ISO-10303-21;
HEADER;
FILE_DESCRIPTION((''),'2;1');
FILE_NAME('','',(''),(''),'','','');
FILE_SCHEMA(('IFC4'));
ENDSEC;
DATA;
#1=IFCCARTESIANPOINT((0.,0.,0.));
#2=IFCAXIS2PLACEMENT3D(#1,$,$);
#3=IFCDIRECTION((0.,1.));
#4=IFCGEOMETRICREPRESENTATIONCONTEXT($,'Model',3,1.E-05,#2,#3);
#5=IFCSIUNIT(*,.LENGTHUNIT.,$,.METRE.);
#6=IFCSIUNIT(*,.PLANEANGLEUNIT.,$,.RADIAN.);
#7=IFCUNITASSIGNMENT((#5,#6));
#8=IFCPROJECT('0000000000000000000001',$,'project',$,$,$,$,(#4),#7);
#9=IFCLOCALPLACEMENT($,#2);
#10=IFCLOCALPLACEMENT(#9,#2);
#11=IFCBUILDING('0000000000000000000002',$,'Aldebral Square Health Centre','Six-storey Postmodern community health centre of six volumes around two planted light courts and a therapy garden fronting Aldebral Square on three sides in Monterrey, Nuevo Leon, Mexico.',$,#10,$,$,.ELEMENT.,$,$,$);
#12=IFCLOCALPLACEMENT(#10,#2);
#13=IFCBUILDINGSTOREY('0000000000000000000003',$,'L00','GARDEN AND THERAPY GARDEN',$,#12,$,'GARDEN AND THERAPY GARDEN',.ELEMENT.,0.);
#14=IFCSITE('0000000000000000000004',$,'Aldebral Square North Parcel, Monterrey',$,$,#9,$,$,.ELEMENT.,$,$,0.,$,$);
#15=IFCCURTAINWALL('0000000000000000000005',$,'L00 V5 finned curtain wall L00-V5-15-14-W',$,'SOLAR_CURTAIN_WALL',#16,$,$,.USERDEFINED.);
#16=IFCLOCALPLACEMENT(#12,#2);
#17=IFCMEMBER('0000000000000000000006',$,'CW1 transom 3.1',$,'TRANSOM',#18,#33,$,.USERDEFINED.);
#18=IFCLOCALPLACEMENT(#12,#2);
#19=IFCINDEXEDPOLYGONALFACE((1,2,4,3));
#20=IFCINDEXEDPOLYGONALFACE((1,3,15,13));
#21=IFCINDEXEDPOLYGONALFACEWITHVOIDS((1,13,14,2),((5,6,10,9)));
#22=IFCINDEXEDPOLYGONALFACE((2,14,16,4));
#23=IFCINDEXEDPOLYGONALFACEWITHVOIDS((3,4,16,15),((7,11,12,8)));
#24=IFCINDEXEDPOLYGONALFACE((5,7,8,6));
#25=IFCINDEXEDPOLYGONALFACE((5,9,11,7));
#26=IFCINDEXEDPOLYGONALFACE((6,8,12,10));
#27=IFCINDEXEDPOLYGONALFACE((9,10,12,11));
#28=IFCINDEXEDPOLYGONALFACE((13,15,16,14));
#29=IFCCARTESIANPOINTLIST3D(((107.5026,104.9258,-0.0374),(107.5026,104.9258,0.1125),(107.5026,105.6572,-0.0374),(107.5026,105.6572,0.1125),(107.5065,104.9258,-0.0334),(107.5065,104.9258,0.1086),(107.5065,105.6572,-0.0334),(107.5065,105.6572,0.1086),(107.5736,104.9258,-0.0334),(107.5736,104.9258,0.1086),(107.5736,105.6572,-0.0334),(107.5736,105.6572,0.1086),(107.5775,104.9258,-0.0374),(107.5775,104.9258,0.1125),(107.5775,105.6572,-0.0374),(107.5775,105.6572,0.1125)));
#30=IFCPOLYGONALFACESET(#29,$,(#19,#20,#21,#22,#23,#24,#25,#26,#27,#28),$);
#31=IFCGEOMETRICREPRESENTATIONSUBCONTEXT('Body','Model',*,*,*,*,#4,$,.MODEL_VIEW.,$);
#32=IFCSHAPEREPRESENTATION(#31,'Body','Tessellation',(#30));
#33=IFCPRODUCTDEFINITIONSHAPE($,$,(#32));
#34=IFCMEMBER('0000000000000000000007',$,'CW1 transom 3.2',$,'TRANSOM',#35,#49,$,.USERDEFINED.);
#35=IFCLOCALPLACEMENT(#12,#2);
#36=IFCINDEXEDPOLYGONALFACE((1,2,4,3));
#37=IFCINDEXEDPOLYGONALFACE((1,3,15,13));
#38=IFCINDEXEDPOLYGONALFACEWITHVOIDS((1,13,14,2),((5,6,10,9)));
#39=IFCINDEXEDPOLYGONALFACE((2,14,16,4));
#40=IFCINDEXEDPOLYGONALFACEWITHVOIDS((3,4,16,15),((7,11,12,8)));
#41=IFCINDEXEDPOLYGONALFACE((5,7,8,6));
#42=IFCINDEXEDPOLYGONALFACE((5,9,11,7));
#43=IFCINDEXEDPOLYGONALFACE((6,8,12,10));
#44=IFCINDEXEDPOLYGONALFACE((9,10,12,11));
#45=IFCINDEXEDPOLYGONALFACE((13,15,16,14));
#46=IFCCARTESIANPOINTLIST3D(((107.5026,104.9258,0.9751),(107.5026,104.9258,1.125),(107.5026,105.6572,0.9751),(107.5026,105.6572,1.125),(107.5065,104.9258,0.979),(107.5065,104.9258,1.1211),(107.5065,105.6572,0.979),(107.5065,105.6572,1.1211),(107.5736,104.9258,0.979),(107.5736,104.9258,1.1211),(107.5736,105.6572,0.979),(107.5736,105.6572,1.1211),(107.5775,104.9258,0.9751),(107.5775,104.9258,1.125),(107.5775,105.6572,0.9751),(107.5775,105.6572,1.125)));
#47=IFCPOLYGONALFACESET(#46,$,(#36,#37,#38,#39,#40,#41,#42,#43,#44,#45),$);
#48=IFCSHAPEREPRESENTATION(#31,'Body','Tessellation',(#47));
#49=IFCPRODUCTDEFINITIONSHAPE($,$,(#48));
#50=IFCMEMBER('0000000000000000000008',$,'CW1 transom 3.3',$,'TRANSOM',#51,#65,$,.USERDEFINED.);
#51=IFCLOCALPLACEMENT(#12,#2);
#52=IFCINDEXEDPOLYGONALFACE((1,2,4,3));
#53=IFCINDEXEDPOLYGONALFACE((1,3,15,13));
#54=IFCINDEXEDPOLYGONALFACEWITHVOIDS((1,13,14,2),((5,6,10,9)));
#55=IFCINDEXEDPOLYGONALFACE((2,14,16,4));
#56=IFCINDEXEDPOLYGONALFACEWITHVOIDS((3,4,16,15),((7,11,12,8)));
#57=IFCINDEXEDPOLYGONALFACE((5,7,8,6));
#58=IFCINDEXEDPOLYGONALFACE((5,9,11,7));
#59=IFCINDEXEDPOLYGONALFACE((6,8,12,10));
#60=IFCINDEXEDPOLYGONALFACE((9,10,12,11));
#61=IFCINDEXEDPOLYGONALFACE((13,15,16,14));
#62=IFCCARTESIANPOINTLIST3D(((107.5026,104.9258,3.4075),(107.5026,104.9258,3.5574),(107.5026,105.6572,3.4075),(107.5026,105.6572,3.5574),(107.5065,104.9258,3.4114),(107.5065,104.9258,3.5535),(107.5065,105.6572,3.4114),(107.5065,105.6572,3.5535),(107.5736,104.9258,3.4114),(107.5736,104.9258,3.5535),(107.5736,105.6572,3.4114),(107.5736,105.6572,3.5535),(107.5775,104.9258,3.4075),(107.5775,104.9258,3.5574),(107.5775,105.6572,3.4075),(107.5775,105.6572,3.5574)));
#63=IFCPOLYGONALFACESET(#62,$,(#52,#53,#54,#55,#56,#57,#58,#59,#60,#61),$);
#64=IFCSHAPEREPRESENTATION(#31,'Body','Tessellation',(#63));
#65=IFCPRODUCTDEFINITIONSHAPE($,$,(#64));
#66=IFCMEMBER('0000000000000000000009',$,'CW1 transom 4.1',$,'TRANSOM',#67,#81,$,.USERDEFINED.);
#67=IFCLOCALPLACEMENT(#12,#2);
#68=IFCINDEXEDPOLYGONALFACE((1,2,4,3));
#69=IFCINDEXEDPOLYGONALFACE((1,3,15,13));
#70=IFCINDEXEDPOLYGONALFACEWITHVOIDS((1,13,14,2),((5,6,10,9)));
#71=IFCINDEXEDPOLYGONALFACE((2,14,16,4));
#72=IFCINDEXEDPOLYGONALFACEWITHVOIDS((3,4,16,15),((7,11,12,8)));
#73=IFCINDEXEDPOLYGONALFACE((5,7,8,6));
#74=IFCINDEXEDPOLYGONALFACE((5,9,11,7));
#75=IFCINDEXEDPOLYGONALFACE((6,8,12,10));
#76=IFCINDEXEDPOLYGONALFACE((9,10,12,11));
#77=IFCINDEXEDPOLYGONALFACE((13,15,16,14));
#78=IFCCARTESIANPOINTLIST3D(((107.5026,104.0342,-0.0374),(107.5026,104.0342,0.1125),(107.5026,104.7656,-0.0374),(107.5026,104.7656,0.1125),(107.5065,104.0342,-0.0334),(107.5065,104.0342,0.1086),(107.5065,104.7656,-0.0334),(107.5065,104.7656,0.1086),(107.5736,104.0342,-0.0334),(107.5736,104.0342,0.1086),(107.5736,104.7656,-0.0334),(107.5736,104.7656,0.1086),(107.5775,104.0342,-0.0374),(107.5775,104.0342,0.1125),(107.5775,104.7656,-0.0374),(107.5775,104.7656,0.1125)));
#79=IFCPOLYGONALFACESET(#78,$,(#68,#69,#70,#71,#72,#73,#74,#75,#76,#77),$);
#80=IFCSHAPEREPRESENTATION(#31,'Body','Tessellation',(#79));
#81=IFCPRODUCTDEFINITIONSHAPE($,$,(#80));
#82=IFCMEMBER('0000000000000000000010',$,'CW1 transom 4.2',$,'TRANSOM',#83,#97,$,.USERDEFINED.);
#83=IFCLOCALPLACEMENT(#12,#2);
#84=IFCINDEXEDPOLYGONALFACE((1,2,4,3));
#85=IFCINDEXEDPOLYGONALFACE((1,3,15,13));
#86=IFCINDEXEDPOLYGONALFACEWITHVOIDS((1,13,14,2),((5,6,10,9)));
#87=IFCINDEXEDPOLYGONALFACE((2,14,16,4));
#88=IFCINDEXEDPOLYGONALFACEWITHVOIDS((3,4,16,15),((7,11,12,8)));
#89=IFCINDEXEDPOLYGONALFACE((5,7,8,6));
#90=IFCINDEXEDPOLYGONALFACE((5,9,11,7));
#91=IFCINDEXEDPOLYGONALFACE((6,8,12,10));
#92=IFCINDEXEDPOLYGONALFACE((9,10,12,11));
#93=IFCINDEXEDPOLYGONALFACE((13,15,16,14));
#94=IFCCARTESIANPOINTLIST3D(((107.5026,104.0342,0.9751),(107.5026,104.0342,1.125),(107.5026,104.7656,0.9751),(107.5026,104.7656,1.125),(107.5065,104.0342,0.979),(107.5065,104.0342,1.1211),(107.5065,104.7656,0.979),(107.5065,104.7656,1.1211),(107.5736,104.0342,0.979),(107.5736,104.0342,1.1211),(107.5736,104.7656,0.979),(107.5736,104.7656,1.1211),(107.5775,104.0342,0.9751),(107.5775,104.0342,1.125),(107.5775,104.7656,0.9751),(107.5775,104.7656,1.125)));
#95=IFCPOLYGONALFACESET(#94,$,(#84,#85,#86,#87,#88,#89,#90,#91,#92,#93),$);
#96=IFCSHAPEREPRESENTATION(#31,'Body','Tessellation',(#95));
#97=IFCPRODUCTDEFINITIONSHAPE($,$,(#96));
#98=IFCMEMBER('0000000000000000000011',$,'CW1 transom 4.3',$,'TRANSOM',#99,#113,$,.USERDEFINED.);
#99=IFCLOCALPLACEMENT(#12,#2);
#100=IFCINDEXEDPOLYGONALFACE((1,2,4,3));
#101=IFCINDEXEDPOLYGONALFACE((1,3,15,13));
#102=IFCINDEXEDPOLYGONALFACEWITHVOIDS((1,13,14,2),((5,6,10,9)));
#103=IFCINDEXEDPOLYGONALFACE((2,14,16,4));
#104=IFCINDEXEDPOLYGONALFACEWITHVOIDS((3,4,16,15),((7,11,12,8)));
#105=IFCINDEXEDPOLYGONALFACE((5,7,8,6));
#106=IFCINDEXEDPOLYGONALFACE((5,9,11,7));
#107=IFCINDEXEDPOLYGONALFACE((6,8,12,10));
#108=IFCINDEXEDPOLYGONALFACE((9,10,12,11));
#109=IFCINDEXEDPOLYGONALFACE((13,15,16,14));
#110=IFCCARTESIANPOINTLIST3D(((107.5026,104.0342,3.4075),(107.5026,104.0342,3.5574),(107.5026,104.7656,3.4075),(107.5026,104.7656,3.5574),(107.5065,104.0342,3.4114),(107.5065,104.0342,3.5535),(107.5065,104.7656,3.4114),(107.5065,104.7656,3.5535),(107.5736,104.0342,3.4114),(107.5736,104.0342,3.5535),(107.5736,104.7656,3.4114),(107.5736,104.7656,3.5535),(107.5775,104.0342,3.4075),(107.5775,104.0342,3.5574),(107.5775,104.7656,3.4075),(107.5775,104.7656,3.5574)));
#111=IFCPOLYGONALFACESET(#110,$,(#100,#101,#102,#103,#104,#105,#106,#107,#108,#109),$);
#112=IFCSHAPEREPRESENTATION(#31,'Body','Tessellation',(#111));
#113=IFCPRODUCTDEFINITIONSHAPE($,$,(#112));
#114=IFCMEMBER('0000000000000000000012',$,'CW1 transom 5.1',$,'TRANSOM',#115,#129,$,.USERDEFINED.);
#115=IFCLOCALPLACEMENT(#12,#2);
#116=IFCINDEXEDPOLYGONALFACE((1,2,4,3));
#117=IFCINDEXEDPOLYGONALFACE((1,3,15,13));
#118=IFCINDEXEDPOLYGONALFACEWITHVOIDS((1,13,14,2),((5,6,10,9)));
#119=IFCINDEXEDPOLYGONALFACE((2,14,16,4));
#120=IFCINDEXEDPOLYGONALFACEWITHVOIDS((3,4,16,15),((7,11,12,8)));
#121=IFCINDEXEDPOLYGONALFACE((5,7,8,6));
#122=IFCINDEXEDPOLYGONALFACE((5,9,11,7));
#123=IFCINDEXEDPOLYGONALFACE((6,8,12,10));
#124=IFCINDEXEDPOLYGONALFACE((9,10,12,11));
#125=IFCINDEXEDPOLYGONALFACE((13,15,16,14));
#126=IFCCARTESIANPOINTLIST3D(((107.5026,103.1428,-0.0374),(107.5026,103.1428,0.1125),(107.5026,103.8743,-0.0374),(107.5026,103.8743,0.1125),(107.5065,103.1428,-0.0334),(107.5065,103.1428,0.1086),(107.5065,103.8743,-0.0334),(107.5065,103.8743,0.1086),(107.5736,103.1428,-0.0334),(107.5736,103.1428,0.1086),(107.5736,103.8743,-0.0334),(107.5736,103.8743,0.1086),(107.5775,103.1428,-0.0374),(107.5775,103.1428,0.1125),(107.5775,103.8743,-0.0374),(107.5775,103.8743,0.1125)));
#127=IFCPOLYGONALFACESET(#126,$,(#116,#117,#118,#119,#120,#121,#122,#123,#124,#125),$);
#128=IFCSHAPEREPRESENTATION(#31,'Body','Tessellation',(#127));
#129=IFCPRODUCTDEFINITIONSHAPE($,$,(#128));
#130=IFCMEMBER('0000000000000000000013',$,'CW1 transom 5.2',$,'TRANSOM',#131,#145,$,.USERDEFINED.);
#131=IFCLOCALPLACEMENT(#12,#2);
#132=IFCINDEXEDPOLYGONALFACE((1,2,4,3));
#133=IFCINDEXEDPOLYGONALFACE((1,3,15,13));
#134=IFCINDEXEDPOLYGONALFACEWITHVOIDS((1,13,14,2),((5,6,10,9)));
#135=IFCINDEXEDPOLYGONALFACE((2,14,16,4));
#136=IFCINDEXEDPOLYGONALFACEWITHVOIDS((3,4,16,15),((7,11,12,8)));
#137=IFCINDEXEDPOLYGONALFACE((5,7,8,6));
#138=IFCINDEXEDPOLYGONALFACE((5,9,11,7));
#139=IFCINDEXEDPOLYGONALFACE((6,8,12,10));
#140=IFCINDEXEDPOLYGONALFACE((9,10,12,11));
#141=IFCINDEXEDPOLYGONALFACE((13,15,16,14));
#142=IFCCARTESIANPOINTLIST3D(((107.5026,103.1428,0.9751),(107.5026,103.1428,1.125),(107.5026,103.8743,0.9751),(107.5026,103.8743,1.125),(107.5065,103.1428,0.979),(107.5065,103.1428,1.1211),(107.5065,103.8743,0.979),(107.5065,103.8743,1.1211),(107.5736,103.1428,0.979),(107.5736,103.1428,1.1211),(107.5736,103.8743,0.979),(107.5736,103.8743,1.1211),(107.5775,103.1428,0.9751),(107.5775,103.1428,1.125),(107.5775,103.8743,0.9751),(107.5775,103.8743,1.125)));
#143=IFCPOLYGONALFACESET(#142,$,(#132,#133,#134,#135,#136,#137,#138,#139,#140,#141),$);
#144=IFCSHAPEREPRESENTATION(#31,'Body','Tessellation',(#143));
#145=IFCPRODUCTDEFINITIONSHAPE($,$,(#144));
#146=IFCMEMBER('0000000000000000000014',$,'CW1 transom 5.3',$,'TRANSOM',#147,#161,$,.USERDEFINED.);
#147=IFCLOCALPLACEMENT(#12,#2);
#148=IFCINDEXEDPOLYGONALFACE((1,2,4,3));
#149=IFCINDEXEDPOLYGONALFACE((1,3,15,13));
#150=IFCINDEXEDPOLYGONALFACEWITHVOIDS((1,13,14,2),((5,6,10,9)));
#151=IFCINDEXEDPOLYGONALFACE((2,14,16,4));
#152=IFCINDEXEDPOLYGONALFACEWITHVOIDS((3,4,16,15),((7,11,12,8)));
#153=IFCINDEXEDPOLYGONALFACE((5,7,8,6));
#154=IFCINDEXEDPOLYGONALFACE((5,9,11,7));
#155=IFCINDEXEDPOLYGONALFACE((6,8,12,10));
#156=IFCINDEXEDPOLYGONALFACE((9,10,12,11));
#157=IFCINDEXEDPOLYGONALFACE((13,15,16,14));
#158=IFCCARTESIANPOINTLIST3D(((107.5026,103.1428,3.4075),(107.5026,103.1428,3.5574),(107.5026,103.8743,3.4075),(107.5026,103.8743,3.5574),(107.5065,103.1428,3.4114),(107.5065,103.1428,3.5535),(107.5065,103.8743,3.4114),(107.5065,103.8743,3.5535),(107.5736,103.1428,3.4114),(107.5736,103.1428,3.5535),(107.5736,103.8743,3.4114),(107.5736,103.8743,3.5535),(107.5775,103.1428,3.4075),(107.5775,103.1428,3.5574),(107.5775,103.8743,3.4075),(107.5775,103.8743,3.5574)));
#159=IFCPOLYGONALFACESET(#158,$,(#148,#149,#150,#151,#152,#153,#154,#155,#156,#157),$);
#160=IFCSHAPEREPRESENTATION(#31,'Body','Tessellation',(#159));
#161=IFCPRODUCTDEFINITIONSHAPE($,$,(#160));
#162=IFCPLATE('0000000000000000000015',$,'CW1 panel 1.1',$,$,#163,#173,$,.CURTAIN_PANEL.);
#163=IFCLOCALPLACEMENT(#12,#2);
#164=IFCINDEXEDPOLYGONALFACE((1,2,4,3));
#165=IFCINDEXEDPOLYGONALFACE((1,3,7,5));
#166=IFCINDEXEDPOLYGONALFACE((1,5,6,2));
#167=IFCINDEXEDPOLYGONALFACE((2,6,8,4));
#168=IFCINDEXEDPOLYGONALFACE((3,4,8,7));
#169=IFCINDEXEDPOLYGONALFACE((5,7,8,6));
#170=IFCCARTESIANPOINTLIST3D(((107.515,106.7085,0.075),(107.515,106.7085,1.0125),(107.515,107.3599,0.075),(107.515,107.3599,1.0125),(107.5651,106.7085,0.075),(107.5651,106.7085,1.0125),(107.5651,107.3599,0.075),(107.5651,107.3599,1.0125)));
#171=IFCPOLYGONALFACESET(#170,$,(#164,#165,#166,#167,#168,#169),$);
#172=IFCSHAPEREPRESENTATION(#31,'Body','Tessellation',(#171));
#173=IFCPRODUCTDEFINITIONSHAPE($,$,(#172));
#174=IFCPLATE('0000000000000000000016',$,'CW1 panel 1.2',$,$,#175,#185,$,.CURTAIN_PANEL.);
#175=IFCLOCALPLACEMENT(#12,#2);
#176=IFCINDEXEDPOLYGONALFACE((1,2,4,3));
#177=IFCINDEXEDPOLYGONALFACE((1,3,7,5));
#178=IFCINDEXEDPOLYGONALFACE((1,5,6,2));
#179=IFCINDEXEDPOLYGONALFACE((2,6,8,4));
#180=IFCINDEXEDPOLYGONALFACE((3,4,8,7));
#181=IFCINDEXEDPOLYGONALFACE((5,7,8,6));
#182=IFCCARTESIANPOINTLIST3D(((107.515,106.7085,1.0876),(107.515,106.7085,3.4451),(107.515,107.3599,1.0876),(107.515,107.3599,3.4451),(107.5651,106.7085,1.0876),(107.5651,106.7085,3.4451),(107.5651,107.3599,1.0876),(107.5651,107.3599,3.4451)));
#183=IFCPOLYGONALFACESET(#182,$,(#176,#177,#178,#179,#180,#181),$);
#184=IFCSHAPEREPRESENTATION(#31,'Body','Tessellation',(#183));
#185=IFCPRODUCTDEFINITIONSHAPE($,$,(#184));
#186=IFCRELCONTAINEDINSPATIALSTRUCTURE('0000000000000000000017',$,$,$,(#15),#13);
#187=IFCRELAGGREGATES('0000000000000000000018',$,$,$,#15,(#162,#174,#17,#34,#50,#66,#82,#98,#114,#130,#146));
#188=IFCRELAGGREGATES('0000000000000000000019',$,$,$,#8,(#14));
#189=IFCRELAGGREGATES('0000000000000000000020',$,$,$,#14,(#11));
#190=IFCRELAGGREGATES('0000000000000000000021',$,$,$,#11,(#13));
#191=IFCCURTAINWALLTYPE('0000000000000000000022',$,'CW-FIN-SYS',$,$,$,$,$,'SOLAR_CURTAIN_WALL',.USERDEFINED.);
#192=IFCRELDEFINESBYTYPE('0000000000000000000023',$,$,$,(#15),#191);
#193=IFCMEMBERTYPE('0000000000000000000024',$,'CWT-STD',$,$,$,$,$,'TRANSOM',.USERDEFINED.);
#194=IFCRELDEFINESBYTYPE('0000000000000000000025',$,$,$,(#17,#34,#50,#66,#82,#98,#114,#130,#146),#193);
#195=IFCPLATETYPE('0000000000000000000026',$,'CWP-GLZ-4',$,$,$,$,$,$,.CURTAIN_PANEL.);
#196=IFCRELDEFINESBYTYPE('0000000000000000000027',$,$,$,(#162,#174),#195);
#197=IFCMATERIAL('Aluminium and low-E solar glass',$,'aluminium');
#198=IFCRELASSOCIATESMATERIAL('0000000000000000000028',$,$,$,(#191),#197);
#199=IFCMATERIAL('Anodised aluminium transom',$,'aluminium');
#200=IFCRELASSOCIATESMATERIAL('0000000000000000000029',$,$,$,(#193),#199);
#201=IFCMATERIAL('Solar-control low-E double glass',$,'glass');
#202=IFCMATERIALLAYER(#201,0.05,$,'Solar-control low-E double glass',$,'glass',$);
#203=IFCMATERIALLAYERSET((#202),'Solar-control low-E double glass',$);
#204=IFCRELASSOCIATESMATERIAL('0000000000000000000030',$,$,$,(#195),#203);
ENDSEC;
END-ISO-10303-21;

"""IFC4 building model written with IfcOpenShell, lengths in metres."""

from ifc_helpers import new_model, si_unit, direction, frame, origin, origin_2d, place, context, subcontext, project, spatial, rectangle, hollow_rectangle, extrude, material, layer, layer_set, material_profile, profile_set, type_object, element, aggregate, save


model = new_model("IFC4")

# Units and contexts
model_context = context("Model", 3, precision=1e-05, world=origin(), true_north=direction((0.0, 1.0)))
body_context = subcontext(model_context, "Body", "Model", "MODEL_VIEW")
ifc_project = project(units=[si_unit("LENGTHUNIT", "METRE"), si_unit("PLANEANGLEUNIT", "RADIAN")], contexts=[model_context])

# Site, building, storey
site_placement = place(None, origin())
site = spatial("IfcSite", under=ifc_project, at=site_placement, Name="Aldebral Square North Parcel, Monterrey", CompositionType="ELEMENT", RefElevation=0.0)
building_placement = place(site_placement, origin())
building = spatial("IfcBuilding", under=site, at=building_placement, Name="Aldebral Square Health Centre", Description="Six-storey Postmodern community health centre of six volumes around two planted light courts and a therapy garden fronting Aldebral Square on three sides in Monterrey, Nuevo Leon, Mexico.", CompositionType="ELEMENT")
storey_placement = place(building_placement, origin())
storey = spatial("IfcBuildingStorey", under=building, at=storey_placement, Name="L00", Description="GARDEN AND THERAPY GARDEN", LongName="GARDEN AND THERAPY GARDEN", CompositionType="ELEMENT", Elevation=0.0)

# Curtain wall, members, plates
ifc_material_1 = material(Name="Aluminium and low-E solar glass", Category="aluminium")
curtain_wall_type = type_object("IfcCurtainWallType", Name="CW-FIN-SYS", ElementType="SOLAR_CURTAIN_WALL", PredefinedType="USERDEFINED", material=ifc_material_1)
curtain_wall_placement = place(storey_placement, origin())
curtain_wall = element("IfcCurtainWall", 1, at=curtain_wall_placement, inside=storey, type_object=curtain_wall_type, Name="L00 V5 finned curtain wall L00-V5-15-14-W", ObjectType="SOLAR_CURTAIN_WALL", PredefinedType="USERDEFINED")
ifc_material_2 = material(Name="Anodised aluminium transom", Category="aluminium")
ifc_material_profile_1 = material_profile(ifc_material_2, hollow_rectangle(XDim=0.075, YDim=0.1499, WallThickness=0.0039, at=origin_2d()), Name="CWT 75x150x4")
ifc_profile_set_1 = profile_set([ifc_material_profile_1], Name="Anodised aluminium transom")
member_type_1 = type_object("IfcMemberType", Name="CWT-STD", ElementType="TRANSOM", PredefinedType="USERDEFINED", material=ifc_profile_set_1)
member_1_placement = place(storey_placement, frame((107.54, 105.6572, 0.0376), z_axis=(0.0, -1.0, 0.0), x_axis=(1.0, 0.0, 0.0)))
member_1 = element("IfcMember", 2, at=member_1_placement, type_object=member_type_1, Name="CW1 transom 3.1", ObjectType="TRANSOM", PredefinedType="USERDEFINED", context=body_context, shape_type="SweptSolid", body=[
    extrude(hollow_rectangle(XDim=0.075, YDim=0.1499, WallThickness=0.0039, at=origin_2d()), origin(), (0.0, 0.0, 1.0), 0.7314),
])
member_2_placement = place(storey_placement, frame((107.54, 105.6572, 1.05), z_axis=(0.0, -1.0, 0.0), x_axis=(1.0, 0.0, 0.0)))
member_2 = element("IfcMember", 3, at=member_2_placement, type_object=member_type_1, Name="CW1 transom 3.2", ObjectType="TRANSOM", PredefinedType="USERDEFINED", context=body_context, shape_type="SweptSolid", body=[
    extrude(hollow_rectangle(XDim=0.075, YDim=0.1499, WallThickness=0.0039, at=origin_2d()), origin(), (0.0, 0.0, 1.0), 0.7314),
])
member_3_placement = place(storey_placement, frame((107.54, 105.6572, 3.4824), z_axis=(0.0, -1.0, 0.0), x_axis=(1.0, 0.0, 0.0)))
member_3 = element("IfcMember", 4, at=member_3_placement, type_object=member_type_1, Name="CW1 transom 3.3", ObjectType="TRANSOM", PredefinedType="USERDEFINED", context=body_context, shape_type="SweptSolid", body=[
    extrude(hollow_rectangle(XDim=0.075, YDim=0.1499, WallThickness=0.0039, at=origin_2d()), origin(), (0.0, 0.0, 1.0), 0.7314),
])
member_4_placement = place(storey_placement, frame((107.54, 104.7656, 0.0376), z_axis=(0.0, -1.0, 0.0), x_axis=(1.0, 0.0, 0.0)))
member_4 = element("IfcMember", 5, at=member_4_placement, type_object=member_type_1, Name="CW1 transom 4.1", ObjectType="TRANSOM", PredefinedType="USERDEFINED", context=body_context, shape_type="SweptSolid", body=[
    extrude(hollow_rectangle(XDim=0.075, YDim=0.1499, WallThickness=0.0039, at=origin_2d()), origin(), (0.0, 0.0, 1.0), 0.7314),
])
member_5_placement = place(storey_placement, frame((107.54, 104.7656, 1.05), z_axis=(0.0, -1.0, 0.0), x_axis=(1.0, 0.0, 0.0)))
member_5 = element("IfcMember", 6, at=member_5_placement, type_object=member_type_1, Name="CW1 transom 4.2", ObjectType="TRANSOM", PredefinedType="USERDEFINED", context=body_context, shape_type="SweptSolid", body=[
    extrude(hollow_rectangle(XDim=0.075, YDim=0.1499, WallThickness=0.0039, at=origin_2d()), origin(), (0.0, 0.0, 1.0), 0.7314),
])
member_6_placement = place(storey_placement, frame((107.54, 104.7656, 3.4824), z_axis=(0.0, -1.0, 0.0), x_axis=(1.0, 0.0, 0.0)))
member_6 = element("IfcMember", 7, at=member_6_placement, type_object=member_type_1, Name="CW1 transom 4.3", ObjectType="TRANSOM", PredefinedType="USERDEFINED", context=body_context, shape_type="SweptSolid", body=[
    extrude(hollow_rectangle(XDim=0.075, YDim=0.1499, WallThickness=0.0039, at=origin_2d()), origin(), (0.0, 0.0, 1.0), 0.7314),
])
member_7_placement = place(storey_placement, frame((107.54, 103.8743, 0.0376), z_axis=(0.0, -1.0, 0.0), x_axis=(1.0, 0.0, 0.0)))
member_7 = element("IfcMember", 8, at=member_7_placement, type_object=member_type_1, Name="CW1 transom 5.1", ObjectType="TRANSOM", PredefinedType="USERDEFINED", context=body_context, shape_type="SweptSolid", body=[
    extrude(hollow_rectangle(XDim=0.075, YDim=0.1499, WallThickness=0.0039, at=origin_2d()), origin(), (0.0, 0.0, 1.0), 0.7314),
])
member_8_placement = place(storey_placement, frame((107.54, 103.8743, 1.05), z_axis=(0.0, -1.0, 0.0), x_axis=(1.0, 0.0, 0.0)))
member_8 = element("IfcMember", 9, at=member_8_placement, type_object=member_type_1, Name="CW1 transom 5.2", ObjectType="TRANSOM", PredefinedType="USERDEFINED", context=body_context, shape_type="SweptSolid", body=[
    extrude(hollow_rectangle(XDim=0.075, YDim=0.1499, WallThickness=0.0039, at=origin_2d()), origin(), (0.0, 0.0, 1.0), 0.7314),
])
member_9_placement = place(storey_placement, frame((107.54, 103.8743, 3.4824), z_axis=(0.0, -1.0, 0.0), x_axis=(1.0, 0.0, 0.0)))
member_9 = element("IfcMember", 10, at=member_9_placement, type_object=member_type_1, Name="CW1 transom 5.3", ObjectType="TRANSOM", PredefinedType="USERDEFINED", context=body_context, shape_type="SweptSolid", body=[
    extrude(hollow_rectangle(XDim=0.075, YDim=0.1499, WallThickness=0.0039, at=origin_2d()), origin(), (0.0, 0.0, 1.0), 0.7314),
])
ifc_material_3 = material(Name="Solar-control low-E double glass", Category="glass")
ifc_layer_1 = layer(ifc_material_3, 0.05, Name="Solar-control low-E double glass", Category="glass")
ifc_layer_set_1 = layer_set([ifc_layer_1], Name="Solar-control low-E double glass")
plate_type = type_object("IfcPlateType", Name="CWP-GLZ-4", PredefinedType="CURTAIN_PANEL", material=ifc_layer_set_1)
plate_1_placement = place(storey_placement, frame((107.54, 107.0342, 0.075), z_axis=(0.0, 0.0, 1.0), x_axis=(0.0, -1.0, 0.0)))
plate_1 = element("IfcPlate", 11, at=plate_1_placement, type_object=plate_type, Name="CW1 panel 1.1", PredefinedType="CURTAIN_PANEL", context=body_context, shape_type="SweptSolid", body=[
    extrude(rectangle(XDim=0.6514, YDim=0.05, at=origin_2d()), origin(), (0.0, 0.0, 1.0), 0.9375),
])
plate_2_placement = place(storey_placement, frame((107.54, 107.0342, 1.0876), z_axis=(0.0, 0.0, 1.0), x_axis=(0.0, -1.0, 0.0)))
plate_2 = element("IfcPlate", 12, at=plate_2_placement, type_object=plate_type, Name="CW1 panel 1.2", PredefinedType="CURTAIN_PANEL", context=body_context, shape_type="SweptSolid", body=[
    extrude(rectangle(XDim=0.6514, YDim=0.05, at=origin_2d()), origin(), (0.0, 0.0, 1.0), 2.3574),
])
aggregate(curtain_wall, [plate_1, plate_2, member_1, member_2, member_3, member_4, member_5, member_6, member_7, member_8, member_9])

save(model, "model.ifc")
